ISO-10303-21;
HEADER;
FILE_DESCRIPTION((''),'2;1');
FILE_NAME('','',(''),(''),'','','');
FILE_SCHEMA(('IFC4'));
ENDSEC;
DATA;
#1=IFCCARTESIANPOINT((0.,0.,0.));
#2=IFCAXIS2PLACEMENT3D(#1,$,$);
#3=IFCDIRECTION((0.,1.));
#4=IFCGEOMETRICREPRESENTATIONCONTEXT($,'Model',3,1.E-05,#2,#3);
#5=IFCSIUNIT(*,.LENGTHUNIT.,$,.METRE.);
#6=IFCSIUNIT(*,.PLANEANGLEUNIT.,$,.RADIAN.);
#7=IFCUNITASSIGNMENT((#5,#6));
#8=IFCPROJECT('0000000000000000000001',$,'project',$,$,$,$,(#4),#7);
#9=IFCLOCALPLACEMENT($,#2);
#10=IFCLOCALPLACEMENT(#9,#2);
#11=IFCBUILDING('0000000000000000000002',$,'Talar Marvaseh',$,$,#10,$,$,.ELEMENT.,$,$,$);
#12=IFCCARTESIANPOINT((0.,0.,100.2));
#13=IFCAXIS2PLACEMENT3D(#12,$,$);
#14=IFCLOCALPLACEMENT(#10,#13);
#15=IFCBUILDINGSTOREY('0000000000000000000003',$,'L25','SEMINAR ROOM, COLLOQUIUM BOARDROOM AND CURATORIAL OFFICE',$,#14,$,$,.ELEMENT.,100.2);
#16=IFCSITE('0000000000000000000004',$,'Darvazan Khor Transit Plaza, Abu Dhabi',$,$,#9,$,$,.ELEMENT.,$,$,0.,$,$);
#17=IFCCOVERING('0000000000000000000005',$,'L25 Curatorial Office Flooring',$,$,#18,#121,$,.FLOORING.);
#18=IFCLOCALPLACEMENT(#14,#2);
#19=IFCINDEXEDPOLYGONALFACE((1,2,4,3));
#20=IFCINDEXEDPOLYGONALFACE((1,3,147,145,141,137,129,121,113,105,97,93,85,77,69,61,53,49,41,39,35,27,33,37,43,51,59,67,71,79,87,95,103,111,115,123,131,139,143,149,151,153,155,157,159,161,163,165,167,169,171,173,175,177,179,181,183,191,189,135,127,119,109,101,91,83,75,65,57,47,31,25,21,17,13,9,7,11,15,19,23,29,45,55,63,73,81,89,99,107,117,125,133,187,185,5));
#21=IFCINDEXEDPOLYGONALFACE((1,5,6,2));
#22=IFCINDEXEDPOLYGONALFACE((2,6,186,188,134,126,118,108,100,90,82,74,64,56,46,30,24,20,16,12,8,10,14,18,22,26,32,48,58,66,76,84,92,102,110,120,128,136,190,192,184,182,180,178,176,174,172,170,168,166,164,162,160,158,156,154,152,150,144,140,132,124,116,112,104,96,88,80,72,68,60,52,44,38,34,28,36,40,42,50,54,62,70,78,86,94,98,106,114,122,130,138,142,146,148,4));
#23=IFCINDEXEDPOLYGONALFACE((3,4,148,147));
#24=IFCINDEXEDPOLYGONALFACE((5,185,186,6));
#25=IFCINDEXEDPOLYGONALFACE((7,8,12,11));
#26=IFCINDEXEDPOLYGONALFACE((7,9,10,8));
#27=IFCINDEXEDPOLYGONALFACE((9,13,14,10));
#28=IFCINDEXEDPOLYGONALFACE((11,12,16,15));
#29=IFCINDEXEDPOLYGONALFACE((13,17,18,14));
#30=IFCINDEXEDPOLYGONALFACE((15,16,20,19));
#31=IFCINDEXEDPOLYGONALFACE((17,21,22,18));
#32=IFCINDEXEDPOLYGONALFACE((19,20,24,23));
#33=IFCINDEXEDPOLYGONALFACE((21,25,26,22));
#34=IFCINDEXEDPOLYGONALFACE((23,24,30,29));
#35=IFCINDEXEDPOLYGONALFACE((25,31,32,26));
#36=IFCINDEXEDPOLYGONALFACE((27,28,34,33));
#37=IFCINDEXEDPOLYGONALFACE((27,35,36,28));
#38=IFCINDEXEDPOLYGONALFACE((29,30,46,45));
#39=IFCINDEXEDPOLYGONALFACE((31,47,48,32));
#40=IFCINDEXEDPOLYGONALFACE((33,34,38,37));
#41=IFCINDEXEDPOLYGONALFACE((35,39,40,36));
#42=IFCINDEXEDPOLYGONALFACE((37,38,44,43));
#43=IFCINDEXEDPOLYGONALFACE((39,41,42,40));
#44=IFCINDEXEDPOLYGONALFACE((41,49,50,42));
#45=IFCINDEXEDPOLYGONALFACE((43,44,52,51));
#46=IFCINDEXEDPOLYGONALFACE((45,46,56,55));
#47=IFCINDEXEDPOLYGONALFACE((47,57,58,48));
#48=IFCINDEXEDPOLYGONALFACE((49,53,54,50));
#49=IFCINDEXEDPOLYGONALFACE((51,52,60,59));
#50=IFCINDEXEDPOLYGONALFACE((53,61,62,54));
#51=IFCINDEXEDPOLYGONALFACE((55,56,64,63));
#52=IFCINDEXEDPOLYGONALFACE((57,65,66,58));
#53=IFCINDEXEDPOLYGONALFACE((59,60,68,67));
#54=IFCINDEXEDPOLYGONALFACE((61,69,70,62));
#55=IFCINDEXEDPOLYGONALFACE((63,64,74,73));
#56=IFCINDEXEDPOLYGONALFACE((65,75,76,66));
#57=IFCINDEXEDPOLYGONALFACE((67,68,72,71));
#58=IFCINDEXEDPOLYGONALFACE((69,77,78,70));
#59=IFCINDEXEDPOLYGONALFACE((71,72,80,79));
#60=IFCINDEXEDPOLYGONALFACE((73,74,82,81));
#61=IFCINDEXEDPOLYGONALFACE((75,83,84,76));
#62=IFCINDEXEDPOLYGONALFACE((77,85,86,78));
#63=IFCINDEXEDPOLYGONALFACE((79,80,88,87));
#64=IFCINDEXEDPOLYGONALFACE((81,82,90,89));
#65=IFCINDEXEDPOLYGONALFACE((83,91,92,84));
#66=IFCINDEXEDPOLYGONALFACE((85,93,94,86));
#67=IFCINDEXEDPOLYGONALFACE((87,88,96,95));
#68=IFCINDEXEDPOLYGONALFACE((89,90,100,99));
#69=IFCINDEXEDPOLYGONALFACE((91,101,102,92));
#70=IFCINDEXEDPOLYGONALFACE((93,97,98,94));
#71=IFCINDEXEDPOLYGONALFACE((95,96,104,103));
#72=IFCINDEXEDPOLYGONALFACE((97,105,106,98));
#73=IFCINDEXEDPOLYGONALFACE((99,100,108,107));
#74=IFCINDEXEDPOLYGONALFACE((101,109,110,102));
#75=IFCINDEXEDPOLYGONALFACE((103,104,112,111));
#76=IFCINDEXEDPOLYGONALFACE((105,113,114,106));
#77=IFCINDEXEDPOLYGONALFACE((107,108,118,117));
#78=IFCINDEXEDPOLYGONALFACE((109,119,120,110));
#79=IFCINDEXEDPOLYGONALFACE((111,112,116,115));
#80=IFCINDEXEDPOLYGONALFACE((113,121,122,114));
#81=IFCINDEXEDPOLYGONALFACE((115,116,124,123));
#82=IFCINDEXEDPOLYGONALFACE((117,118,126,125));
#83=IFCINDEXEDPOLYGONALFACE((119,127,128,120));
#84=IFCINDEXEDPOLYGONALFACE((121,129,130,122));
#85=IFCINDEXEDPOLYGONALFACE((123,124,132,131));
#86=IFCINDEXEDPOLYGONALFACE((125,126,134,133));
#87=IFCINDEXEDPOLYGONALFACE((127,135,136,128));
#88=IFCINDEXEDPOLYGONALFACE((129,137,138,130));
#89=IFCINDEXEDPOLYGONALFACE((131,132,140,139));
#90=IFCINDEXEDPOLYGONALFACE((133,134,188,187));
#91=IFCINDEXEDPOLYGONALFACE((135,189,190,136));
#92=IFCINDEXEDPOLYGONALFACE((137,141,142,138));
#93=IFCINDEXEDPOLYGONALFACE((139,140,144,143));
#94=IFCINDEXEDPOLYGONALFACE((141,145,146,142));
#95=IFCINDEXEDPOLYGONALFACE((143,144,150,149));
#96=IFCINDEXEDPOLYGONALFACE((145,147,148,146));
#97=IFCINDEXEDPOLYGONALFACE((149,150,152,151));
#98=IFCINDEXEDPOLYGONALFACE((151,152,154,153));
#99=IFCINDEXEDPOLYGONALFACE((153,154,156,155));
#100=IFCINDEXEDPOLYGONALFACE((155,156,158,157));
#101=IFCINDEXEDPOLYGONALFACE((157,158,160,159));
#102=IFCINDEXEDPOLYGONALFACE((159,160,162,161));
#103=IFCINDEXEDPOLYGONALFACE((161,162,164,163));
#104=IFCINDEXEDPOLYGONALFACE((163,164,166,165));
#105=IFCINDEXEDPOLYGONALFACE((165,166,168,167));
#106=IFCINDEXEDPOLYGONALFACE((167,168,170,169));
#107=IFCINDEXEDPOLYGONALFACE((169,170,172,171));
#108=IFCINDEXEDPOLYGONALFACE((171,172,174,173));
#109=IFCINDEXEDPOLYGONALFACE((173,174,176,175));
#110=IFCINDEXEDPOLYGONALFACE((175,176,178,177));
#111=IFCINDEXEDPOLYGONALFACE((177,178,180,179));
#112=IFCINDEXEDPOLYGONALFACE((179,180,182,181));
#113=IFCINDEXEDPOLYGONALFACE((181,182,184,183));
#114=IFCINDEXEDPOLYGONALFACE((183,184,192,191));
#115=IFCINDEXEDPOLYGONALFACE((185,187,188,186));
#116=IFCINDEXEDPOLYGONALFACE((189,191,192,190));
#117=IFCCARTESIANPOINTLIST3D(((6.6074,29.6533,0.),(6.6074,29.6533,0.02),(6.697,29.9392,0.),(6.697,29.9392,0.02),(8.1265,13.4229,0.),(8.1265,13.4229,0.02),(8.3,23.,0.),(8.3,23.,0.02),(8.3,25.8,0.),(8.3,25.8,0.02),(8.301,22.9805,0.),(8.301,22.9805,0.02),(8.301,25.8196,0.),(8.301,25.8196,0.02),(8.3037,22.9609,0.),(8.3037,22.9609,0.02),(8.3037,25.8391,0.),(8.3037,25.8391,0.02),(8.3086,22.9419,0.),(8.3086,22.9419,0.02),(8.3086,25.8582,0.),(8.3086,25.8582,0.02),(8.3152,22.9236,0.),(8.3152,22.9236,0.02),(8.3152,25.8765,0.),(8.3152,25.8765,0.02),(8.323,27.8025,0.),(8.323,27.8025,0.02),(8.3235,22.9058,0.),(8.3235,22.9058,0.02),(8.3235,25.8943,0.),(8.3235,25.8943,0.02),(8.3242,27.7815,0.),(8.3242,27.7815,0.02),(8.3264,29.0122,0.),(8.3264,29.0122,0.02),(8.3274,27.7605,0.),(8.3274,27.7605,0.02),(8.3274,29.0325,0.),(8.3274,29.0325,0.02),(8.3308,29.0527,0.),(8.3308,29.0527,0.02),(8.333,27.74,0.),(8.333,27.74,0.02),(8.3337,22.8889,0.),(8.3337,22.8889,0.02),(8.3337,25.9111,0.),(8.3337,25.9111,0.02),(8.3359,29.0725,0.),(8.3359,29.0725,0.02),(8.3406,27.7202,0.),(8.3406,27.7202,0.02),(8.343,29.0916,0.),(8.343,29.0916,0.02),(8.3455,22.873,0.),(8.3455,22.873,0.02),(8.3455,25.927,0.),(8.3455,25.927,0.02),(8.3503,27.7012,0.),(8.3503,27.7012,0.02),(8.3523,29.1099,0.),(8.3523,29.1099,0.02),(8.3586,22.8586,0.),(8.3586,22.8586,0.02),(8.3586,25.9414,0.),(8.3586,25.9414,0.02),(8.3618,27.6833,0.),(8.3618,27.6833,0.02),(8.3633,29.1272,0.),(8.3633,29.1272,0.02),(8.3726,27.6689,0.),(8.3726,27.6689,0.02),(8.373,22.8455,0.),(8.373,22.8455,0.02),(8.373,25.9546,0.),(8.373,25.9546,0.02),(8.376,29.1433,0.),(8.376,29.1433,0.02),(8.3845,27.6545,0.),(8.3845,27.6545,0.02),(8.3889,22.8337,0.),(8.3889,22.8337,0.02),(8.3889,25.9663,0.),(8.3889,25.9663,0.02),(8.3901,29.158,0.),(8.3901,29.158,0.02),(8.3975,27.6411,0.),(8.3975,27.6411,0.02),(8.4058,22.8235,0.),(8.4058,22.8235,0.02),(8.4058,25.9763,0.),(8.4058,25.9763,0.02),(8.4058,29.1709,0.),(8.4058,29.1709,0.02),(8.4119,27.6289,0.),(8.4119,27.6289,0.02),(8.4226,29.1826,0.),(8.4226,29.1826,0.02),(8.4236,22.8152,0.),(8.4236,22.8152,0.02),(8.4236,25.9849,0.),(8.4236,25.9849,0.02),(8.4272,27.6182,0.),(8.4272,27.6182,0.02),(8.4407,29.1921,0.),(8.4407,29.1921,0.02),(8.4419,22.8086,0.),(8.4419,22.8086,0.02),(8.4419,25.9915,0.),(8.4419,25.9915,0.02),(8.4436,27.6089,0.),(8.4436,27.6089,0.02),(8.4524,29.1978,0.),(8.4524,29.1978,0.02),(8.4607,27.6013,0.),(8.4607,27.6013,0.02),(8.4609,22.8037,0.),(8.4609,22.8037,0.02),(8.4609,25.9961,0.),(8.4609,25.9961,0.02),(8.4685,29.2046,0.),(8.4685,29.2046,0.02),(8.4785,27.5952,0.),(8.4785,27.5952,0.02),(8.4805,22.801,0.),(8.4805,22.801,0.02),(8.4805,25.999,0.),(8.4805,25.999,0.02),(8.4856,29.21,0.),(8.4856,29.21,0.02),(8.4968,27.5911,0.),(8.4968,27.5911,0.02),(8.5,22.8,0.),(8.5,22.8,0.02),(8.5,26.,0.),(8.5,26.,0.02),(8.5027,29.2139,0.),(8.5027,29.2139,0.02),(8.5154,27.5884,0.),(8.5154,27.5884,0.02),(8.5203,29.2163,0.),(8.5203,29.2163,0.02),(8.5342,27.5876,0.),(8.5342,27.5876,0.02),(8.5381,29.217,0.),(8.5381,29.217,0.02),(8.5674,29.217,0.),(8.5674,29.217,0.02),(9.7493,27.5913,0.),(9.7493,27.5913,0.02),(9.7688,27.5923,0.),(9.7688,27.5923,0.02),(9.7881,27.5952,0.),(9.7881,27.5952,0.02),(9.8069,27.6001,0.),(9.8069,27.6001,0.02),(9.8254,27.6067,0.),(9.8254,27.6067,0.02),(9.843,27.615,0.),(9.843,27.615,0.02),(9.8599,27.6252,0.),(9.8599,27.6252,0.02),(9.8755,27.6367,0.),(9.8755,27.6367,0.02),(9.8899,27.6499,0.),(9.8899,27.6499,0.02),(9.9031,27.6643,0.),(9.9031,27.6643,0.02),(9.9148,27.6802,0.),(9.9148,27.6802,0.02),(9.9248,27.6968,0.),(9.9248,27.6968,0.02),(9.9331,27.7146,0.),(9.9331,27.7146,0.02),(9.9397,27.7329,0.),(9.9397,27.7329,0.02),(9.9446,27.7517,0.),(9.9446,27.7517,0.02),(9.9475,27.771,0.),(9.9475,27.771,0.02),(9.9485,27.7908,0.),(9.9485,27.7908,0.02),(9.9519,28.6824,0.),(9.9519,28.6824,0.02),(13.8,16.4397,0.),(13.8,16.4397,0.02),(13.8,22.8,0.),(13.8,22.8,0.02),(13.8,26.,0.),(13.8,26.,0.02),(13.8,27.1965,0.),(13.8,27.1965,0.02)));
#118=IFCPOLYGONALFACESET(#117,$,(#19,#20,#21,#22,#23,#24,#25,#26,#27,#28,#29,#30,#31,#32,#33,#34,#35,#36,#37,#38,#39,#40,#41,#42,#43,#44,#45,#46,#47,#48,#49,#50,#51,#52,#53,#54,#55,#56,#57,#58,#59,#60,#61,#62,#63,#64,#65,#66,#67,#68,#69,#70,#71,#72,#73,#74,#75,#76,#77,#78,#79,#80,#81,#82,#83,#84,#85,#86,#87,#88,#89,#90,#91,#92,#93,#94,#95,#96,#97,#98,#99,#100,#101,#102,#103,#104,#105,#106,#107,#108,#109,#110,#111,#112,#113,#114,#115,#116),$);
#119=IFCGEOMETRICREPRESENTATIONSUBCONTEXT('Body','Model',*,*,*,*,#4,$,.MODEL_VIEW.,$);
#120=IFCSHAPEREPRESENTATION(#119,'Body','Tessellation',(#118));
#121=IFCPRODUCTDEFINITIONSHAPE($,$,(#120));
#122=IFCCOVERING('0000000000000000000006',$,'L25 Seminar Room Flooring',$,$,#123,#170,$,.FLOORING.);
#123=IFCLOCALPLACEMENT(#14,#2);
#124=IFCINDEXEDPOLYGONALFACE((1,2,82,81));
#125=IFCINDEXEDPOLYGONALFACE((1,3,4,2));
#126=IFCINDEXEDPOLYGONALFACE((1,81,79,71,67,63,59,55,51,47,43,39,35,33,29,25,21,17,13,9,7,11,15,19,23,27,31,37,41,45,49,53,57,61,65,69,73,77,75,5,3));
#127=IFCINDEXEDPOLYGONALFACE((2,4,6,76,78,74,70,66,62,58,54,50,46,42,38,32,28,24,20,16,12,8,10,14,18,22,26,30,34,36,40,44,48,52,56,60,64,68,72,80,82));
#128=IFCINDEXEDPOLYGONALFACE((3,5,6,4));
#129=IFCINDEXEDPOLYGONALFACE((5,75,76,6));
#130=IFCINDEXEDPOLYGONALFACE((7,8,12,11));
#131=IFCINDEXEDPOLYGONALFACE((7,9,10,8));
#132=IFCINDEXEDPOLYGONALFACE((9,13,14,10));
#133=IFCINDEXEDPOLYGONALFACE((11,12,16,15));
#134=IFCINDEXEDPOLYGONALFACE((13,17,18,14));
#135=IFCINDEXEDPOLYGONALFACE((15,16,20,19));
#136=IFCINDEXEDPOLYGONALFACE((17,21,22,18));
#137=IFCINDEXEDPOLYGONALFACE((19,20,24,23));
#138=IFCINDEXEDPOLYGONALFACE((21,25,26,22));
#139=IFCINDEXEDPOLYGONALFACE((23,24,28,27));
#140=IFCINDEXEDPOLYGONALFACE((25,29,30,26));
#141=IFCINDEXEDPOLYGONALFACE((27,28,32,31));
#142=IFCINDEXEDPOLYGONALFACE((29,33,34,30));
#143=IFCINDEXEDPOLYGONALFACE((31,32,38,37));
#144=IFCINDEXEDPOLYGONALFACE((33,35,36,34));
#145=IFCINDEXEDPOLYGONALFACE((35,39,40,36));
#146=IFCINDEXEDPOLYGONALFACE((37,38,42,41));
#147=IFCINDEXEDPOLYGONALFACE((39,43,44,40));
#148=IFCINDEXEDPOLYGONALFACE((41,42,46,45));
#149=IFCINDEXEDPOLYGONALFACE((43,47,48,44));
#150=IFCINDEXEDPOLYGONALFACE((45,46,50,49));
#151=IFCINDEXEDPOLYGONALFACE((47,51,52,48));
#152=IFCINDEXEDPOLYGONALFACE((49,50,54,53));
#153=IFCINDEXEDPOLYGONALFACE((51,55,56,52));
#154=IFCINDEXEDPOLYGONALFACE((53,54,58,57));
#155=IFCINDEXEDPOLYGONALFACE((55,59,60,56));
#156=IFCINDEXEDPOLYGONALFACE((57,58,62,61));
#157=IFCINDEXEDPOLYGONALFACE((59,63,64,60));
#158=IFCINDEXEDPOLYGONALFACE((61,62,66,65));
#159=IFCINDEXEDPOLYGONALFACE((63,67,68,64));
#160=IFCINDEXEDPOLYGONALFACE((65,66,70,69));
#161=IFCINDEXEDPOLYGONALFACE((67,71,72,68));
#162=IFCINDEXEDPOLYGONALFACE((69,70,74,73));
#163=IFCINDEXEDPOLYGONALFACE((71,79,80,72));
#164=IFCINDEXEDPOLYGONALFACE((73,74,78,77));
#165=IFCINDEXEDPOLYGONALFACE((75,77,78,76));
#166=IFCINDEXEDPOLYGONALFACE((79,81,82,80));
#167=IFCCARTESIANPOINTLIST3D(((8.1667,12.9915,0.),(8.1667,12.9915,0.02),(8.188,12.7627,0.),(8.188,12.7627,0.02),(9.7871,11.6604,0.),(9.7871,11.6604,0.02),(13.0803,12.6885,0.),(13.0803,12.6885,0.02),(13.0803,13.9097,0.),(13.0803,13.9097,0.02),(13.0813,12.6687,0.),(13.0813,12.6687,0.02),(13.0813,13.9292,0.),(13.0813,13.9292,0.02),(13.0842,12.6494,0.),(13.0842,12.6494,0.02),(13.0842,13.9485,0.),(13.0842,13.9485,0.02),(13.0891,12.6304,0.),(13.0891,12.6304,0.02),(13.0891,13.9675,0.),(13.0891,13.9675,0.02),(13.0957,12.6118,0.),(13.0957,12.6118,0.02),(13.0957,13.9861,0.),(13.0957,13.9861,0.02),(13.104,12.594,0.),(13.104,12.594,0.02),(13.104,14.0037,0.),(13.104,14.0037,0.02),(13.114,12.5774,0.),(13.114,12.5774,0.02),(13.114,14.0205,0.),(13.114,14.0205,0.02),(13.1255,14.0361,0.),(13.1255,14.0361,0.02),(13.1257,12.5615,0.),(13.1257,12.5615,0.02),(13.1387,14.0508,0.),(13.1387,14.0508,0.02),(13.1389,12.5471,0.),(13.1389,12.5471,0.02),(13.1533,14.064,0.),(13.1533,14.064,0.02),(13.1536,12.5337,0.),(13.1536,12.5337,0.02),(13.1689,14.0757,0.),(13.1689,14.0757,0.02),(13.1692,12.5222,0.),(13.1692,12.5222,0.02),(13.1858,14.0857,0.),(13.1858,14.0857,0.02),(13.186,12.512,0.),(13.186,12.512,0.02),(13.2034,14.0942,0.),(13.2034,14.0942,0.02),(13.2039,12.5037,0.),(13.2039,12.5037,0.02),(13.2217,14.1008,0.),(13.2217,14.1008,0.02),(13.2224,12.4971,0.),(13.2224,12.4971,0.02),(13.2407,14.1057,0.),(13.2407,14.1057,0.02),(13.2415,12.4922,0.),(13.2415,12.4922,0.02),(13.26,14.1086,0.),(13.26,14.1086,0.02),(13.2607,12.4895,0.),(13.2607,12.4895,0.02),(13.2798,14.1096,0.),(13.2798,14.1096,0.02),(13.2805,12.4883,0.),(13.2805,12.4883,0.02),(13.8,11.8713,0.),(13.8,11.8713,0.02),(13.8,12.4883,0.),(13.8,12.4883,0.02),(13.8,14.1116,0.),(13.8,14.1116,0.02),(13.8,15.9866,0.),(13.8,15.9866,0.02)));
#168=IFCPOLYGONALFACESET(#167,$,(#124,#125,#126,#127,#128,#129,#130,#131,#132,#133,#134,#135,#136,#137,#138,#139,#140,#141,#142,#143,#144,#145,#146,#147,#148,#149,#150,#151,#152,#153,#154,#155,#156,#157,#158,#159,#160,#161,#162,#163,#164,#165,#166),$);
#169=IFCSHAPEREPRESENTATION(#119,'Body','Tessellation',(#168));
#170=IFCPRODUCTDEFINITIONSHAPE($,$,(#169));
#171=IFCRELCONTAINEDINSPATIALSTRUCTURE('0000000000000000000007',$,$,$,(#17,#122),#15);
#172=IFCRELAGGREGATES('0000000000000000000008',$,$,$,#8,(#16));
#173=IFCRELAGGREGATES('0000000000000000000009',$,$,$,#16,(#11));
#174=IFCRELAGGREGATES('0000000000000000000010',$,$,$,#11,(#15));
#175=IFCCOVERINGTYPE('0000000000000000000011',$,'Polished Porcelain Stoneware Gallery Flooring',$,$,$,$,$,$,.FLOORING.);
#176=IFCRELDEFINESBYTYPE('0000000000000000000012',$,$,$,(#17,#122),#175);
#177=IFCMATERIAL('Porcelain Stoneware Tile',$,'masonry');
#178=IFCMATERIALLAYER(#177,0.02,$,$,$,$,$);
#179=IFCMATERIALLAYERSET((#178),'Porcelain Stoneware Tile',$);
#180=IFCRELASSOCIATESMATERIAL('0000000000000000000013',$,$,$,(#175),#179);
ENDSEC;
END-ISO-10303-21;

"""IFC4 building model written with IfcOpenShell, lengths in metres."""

from ifc_helpers import new_model, si_unit, direction, frame, origin, place, context, subcontext, project, spatial, polyline, outline, extrude, material, layer, layer_set, type_object, element, save


model = new_model("IFC4")

# Units and contexts
model_context = context("Model", 3, precision=1e-05, world=origin(), true_north=direction((0.0, 1.0)))
body_context = subcontext(model_context, "Body", "Model", "MODEL_VIEW")
ifc_project = project(units=[si_unit("LENGTHUNIT", "METRE"), si_unit("PLANEANGLEUNIT", "RADIAN")], contexts=[model_context])

# Site, building, storey
site_placement = place(None, origin())
site = spatial("IfcSite", under=ifc_project, at=site_placement, Name="Darvazan Khor Transit Plaza, Abu Dhabi", CompositionType="ELEMENT", RefElevation=0.0)
building_placement = place(site_placement, origin())
building = spatial("IfcBuilding", under=site, at=building_placement, Name="Talar Marvaseh", CompositionType="ELEMENT")
storey_placement = place(building_placement, frame((0.0, 0.0, 100.2)))
storey = spatial("IfcBuildingStorey", under=building, at=storey_placement, Name="L25", Description="SEMINAR ROOM, COLLOQUIUM BOARDROOM AND CURATORIAL OFFICE", CompositionType="ELEMENT", Elevation=100.2)

# Coverings
ifc_material_1 = material(Name="Porcelain Stoneware Tile", Category="masonry")
ifc_layer_1 = layer(ifc_material_1, 0.02)
ifc_layer_set_1 = layer_set([ifc_layer_1], Name="Porcelain Stoneware Tile")
covering_type_1 = type_object("IfcCoveringType", Name="Polished Porcelain Stoneware Gallery Flooring", PredefinedType="FLOORING", material=ifc_layer_set_1)
covering_1_placement = place(storey_placement, origin())
element("IfcCovering", 1, at=covering_1_placement, inside=storey, type_object=covering_type_1, Name="L25 Curatorial Office Flooring", PredefinedType="FLOORING", context=body_context, shape_type="SweptSolid", body=[
    extrude(outline(polyline([(6.697, 29.9392), (8.5674, 29.217), (8.5381, 29.217), (8.5203, 29.2163), (8.5027, 29.2139), (8.4856, 29.21), (8.4685, 29.2046), (8.4524, 29.1978), (8.4407, 29.1921), (8.4226, 29.1826), (8.4058, 29.1709), (8.3901, 29.158), (8.376, 29.1433), (8.3633, 29.1272), (8.3523, 29.1099), (8.343, 29.0916), (8.3359, 29.0725), (8.3308, 29.0527), (8.3274, 29.0325), (8.3264, 29.0122), (8.323, 27.8025), (8.3242, 27.7815), (8.3274, 27.7605), (8.333, 27.74), (8.3406, 27.7202), (8.3503, 27.7012), (8.3618, 27.6833), (8.3726, 27.6689), (8.3845, 27.6545), (8.3975, 27.6411), (8.4119, 27.6289), (8.4272, 27.6182), (8.4436, 27.6089), (8.4607, 27.6013), (8.4785, 27.5952), (8.4968, 27.5911), (8.5154, 27.5884), (8.5342, 27.5876), (9.7493, 27.5913), (9.7688, 27.5923), (9.7881, 27.5952), (9.8069, 27.6001), (9.8254, 27.6067), (9.843, 27.615), (9.8599, 27.6252), (9.8755, 27.6367), (9.8899, 27.6499), (9.9031, 27.6643), (9.9148, 27.6802), (9.9248, 27.6968), (9.9331, 27.7146), (9.9397, 27.7329), (9.9446, 27.7517), (9.9475, 27.771), (9.9485, 27.7908), (9.9519, 28.6824), (13.8, 27.1965), (13.8, 26.0), (8.5, 26.0), (8.4805, 25.999), (8.4609, 25.9961), (8.4419, 25.9915), (8.4236, 25.9849), (8.4058, 25.9763), (8.3889, 25.9663), (8.373, 25.9546), (8.3586, 25.9414), (8.3455, 25.927), (8.3337, 25.9111), (8.3235, 25.8943), (8.3152, 25.8765), (8.3086, 25.8582), (8.3037, 25.8391), (8.301, 25.8196), (8.3, 25.8), (8.3, 23.0), (8.301, 22.9805), (8.3037, 22.9609), (8.3086, 22.9419), (8.3152, 22.9236), (8.3235, 22.9058), (8.3337, 22.8889), (8.3455, 22.873), (8.3586, 22.8586), (8.373, 22.8455), (8.3889, 22.8337), (8.4058, 22.8235), (8.4236, 22.8152), (8.4419, 22.8086), (8.4609, 22.8037), (8.4805, 22.801), (8.5, 22.8), (13.8, 22.8), (13.8, 16.4397), (8.1265, 13.4229), (6.6074, 29.6533), (6.697, 29.9392)])), origin(), (0.0, 0.0, 1.0), 0.02),
])
covering_2_placement = place(storey_placement, origin())
element("IfcCovering", 2, at=covering_2_placement, inside=storey, type_object=covering_type_1, Name="L25 Seminar Room Flooring", PredefinedType="FLOORING", context=body_context, shape_type="SweptSolid", body=[
    extrude(outline(polyline([(13.8, 15.9866), (13.8, 14.1116), (13.2798, 14.1096), (13.26, 14.1086), (13.2407, 14.1057), (13.2217, 14.1008), (13.2034, 14.0942), (13.1858, 14.0857), (13.1689, 14.0757), (13.1533, 14.064), (13.1387, 14.0508), (13.1255, 14.0361), (13.114, 14.0205), (13.104, 14.0037), (13.0957, 13.9861), (13.0891, 13.9675), (13.0842, 13.9485), (13.0813, 13.9292), (13.0803, 13.9097), (13.0803, 12.6885), (13.0813, 12.6687), (13.0842, 12.6494), (13.0891, 12.6304), (13.0957, 12.6118), (13.104, 12.594), (13.114, 12.5774), (13.1257, 12.5615), (13.1389, 12.5471), (13.1536, 12.5337), (13.1692, 12.5222), (13.186, 12.512), (13.2039, 12.5037), (13.2224, 12.4971), (13.2415, 12.4922), (13.2607, 12.4895), (13.2805, 12.4883), (13.8, 12.4883), (13.8, 11.8713), (9.7871, 11.6604), (8.188, 12.7627), (8.1667, 12.9915), (13.8, 15.9866)])), origin(), (0.0, 0.0, 1.0), 0.02),
])

save(model, "model.ifc")
